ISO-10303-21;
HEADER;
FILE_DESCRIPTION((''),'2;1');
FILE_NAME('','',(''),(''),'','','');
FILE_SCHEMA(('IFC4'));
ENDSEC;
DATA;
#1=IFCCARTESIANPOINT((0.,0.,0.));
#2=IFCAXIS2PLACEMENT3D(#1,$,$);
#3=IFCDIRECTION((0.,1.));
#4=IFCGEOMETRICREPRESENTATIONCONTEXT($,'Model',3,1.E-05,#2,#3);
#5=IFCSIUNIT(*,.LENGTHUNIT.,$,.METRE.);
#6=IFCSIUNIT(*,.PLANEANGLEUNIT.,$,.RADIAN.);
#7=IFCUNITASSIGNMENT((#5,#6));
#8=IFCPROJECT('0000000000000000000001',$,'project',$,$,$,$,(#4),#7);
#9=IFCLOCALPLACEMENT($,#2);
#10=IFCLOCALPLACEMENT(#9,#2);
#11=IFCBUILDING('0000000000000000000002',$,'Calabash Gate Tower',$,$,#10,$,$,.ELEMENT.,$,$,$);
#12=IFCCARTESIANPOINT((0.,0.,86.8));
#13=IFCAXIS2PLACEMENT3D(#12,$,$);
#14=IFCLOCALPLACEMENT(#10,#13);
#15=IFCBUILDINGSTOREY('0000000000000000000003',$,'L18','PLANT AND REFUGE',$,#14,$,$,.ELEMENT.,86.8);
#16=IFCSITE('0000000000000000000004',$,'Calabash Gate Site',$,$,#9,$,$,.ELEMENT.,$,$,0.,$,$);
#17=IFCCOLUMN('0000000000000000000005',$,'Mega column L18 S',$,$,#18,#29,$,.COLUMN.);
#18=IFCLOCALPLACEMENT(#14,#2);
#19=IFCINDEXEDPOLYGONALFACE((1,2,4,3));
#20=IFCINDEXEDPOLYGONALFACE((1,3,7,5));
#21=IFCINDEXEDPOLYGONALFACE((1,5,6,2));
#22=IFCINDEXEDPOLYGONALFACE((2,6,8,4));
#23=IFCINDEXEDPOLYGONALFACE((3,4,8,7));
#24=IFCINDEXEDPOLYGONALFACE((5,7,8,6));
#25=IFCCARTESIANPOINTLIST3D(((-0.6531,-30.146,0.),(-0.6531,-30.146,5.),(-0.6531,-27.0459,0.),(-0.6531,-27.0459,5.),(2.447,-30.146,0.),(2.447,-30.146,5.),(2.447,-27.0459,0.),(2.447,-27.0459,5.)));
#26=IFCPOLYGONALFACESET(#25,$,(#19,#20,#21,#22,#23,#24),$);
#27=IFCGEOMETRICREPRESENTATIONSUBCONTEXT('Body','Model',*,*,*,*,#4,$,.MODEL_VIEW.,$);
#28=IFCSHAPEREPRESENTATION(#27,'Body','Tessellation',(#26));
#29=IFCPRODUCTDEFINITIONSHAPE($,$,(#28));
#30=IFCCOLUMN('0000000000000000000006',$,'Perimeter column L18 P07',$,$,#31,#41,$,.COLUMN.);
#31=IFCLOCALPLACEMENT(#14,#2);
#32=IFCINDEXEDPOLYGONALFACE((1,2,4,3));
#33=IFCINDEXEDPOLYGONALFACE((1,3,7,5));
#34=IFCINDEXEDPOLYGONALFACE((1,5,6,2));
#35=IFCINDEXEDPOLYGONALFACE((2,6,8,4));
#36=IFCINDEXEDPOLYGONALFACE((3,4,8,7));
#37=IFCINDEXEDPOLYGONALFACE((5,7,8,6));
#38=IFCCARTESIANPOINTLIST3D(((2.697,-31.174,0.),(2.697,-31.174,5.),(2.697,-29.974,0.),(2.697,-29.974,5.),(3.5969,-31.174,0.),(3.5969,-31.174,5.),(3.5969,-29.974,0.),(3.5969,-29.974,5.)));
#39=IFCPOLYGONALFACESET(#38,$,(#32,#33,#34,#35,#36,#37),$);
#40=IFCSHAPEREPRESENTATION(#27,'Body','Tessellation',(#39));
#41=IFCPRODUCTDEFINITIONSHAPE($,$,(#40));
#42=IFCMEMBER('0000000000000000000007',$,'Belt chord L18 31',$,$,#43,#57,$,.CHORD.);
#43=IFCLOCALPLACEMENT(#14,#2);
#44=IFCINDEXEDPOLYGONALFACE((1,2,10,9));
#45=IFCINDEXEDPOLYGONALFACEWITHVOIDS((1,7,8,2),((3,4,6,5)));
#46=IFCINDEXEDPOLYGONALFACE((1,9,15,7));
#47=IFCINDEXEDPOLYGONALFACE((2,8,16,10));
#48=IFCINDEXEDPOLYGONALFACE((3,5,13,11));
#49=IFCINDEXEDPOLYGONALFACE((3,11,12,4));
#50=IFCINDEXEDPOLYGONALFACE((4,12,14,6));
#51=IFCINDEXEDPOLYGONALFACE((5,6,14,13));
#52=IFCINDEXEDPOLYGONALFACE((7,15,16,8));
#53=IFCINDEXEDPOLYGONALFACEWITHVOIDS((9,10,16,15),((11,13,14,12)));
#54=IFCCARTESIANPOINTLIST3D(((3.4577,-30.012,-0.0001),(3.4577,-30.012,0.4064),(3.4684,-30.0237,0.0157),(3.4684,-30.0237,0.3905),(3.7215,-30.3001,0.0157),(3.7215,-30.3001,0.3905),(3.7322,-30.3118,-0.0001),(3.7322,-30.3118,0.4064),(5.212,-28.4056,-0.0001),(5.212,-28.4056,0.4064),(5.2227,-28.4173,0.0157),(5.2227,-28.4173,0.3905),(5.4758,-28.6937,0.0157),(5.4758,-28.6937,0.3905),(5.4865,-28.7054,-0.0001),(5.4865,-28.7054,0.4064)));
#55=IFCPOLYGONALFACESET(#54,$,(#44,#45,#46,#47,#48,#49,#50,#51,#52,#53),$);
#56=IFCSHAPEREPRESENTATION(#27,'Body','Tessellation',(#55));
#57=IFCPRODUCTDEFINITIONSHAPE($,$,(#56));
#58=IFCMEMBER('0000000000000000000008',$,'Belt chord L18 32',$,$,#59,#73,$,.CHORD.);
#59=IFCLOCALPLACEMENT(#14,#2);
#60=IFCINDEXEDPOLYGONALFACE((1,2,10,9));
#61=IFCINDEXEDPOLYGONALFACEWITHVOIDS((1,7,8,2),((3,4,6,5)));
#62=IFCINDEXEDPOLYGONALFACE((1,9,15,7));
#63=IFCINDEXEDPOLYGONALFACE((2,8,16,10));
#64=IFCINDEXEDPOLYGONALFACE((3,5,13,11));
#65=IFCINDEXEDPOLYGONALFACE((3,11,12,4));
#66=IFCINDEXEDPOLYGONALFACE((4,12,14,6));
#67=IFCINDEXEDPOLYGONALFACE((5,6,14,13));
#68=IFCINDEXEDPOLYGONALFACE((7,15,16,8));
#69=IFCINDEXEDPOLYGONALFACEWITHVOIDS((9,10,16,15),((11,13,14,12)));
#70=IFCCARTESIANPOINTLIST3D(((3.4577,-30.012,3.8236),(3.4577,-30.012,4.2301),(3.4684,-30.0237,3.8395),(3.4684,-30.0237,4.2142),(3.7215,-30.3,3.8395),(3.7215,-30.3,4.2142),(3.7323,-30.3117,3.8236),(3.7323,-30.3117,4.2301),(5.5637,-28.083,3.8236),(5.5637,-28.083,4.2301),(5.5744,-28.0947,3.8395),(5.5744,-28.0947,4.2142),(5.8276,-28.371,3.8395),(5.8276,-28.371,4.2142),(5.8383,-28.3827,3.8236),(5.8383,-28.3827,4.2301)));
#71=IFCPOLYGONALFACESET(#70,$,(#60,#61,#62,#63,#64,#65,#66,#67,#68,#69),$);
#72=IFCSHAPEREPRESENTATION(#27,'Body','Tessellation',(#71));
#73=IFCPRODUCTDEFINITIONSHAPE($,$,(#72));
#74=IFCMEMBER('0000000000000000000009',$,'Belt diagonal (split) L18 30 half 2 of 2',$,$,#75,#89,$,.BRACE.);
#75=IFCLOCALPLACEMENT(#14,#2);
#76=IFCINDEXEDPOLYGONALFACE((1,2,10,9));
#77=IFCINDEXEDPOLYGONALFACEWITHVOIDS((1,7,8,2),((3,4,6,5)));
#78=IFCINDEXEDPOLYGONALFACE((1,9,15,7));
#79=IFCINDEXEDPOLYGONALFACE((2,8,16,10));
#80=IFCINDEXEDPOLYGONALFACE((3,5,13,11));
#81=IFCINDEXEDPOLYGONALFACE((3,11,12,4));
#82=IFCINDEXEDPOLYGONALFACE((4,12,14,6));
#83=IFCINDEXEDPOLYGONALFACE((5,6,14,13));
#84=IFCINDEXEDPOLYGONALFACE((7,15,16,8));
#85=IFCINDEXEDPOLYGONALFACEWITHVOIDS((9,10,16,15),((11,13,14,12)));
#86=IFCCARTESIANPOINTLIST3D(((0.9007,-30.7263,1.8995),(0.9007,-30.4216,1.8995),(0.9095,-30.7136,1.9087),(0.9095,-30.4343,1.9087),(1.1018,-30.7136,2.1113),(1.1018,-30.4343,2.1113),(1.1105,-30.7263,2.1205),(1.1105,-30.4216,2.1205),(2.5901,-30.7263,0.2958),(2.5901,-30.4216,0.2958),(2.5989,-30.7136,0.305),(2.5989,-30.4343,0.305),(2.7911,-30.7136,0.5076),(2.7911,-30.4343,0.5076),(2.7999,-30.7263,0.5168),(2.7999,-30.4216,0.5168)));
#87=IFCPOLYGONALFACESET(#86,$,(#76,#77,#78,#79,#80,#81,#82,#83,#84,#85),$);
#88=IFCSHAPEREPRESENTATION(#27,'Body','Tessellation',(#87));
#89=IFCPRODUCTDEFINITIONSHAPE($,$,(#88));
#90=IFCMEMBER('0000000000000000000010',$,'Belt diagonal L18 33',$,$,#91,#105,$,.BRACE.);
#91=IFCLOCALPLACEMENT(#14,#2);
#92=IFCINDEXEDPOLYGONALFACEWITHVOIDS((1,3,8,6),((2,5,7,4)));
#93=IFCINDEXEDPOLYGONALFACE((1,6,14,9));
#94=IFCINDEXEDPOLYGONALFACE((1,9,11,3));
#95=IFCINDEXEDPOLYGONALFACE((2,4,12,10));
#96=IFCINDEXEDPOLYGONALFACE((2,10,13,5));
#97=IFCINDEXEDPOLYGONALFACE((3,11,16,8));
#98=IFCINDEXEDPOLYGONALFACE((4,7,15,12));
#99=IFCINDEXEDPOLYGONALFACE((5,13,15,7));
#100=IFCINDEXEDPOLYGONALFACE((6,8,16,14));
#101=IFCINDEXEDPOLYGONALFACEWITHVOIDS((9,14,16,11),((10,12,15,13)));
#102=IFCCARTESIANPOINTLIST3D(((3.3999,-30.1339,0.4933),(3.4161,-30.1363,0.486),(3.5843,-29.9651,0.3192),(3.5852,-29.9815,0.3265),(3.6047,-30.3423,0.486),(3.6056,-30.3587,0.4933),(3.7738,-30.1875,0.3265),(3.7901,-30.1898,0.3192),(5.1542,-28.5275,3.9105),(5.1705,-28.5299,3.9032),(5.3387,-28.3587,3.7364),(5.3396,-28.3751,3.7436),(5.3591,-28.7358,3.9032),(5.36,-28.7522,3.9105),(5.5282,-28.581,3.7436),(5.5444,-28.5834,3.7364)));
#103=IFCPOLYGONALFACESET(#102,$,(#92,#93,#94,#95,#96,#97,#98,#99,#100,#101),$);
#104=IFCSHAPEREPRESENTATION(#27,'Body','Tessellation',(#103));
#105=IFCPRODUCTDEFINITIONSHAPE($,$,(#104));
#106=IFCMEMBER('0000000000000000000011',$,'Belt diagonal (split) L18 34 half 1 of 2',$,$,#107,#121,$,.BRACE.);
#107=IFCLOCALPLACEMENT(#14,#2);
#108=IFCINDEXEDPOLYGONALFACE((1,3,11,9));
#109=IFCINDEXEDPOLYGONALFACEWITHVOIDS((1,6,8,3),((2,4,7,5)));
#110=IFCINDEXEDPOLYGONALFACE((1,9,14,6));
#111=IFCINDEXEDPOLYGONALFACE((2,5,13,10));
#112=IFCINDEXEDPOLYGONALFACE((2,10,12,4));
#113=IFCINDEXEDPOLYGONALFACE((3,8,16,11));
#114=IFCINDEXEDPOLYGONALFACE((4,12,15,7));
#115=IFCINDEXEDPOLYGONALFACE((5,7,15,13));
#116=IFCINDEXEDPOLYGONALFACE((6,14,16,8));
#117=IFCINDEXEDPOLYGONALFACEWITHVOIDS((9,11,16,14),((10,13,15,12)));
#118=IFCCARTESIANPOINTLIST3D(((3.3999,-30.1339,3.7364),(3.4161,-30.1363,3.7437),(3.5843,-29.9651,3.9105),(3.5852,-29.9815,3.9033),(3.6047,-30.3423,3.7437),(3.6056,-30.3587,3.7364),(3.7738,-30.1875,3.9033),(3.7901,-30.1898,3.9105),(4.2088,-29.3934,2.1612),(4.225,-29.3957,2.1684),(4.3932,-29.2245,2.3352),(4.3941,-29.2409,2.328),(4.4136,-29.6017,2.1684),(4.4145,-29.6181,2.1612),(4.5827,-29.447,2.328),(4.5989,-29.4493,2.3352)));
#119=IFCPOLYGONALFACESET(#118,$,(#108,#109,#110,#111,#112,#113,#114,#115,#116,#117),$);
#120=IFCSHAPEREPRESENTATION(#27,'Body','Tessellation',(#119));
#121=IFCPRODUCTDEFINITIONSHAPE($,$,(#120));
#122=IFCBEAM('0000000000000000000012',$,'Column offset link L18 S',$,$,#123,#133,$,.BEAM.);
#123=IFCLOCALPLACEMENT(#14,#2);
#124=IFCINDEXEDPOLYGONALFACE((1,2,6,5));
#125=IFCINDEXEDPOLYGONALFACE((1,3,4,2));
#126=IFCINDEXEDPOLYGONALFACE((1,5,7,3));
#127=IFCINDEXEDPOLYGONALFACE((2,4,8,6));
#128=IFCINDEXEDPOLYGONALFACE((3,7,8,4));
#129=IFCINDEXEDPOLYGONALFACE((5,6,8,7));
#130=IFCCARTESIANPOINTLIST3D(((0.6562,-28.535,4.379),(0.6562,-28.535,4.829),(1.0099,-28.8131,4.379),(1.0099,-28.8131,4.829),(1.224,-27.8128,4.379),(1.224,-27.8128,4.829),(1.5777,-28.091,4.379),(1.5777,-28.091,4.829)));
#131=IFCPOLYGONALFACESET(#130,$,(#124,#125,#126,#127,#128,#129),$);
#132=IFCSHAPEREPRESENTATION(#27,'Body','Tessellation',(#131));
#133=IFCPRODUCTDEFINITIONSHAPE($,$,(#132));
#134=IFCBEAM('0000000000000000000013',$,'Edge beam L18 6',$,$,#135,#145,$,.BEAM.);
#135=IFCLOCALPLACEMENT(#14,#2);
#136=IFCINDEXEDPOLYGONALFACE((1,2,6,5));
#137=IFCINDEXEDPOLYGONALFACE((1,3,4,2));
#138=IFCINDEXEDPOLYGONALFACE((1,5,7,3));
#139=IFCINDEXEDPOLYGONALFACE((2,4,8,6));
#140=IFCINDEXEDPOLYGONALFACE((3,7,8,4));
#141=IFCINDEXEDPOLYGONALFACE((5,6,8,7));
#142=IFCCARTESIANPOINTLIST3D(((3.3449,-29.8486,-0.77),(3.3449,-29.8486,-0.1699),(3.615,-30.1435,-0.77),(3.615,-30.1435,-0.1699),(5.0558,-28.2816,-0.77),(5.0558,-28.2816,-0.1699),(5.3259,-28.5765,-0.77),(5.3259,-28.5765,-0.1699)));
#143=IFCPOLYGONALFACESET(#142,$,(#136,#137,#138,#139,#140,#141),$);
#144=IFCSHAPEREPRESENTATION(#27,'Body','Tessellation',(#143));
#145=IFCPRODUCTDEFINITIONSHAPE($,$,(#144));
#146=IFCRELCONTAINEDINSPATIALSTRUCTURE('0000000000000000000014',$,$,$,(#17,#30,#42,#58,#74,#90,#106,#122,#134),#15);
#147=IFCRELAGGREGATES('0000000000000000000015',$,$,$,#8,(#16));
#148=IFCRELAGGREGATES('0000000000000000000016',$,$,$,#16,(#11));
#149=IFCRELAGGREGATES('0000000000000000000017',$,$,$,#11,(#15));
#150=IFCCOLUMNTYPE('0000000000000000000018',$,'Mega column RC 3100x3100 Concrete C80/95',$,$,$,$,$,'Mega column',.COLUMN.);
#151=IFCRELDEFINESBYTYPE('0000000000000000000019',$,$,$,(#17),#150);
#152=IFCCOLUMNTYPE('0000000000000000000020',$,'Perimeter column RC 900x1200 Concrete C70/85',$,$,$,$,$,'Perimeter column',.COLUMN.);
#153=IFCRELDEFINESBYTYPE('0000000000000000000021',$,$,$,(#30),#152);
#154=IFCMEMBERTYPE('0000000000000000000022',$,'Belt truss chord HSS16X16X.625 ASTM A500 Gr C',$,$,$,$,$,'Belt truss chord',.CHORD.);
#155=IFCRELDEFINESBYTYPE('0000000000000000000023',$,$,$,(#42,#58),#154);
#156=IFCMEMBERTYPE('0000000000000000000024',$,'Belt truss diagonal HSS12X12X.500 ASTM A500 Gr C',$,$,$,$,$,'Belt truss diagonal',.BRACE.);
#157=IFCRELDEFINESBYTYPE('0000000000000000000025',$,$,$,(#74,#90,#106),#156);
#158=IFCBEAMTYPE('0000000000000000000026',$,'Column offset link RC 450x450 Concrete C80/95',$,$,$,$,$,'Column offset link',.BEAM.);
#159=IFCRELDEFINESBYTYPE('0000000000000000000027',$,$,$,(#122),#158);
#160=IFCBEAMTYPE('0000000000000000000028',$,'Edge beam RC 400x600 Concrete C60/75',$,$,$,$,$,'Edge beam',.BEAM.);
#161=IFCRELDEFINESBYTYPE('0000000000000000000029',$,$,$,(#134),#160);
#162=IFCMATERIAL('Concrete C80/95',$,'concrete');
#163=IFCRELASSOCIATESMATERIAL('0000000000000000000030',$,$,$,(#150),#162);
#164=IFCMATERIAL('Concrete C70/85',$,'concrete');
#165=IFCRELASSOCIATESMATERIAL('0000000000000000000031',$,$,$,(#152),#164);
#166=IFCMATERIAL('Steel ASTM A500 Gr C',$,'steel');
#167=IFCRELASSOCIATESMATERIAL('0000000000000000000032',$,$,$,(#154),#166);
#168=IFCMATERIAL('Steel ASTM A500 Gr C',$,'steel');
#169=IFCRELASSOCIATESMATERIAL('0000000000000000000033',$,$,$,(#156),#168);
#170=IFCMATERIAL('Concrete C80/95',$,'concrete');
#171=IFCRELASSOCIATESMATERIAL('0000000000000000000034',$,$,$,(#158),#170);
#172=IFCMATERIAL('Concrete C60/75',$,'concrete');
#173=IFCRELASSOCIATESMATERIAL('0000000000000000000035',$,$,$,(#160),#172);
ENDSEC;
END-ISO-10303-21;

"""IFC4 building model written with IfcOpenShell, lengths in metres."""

from ifc_helpers import new_model, si_unit, direction, frame, origin, origin_2d, place, context, subcontext, project, spatial, rectangle, hollow_rectangle, extrude, material, material_profile, profile_set, type_object, element, save


model = new_model("IFC4")

# Units and contexts
model_context = context("Model", 3, precision=1e-05, world=origin(), true_north=direction((0.0, 1.0)))
body_context = subcontext(model_context, "Body", "Model", "MODEL_VIEW")
ifc_project = project(units=[si_unit("LENGTHUNIT", "METRE"), si_unit("PLANEANGLEUNIT", "RADIAN")], contexts=[model_context])

# Site, building, storey
site_placement = place(None, origin())
site = spatial("IfcSite", under=ifc_project, at=site_placement, Name="Calabash Gate Site", CompositionType="ELEMENT", RefElevation=0.0)
building_placement = place(site_placement, origin())
building = spatial("IfcBuilding", under=site, at=building_placement, Name="Calabash Gate Tower", CompositionType="ELEMENT")
storey_placement = place(building_placement, frame((0.0, 0.0, 86.8)))
storey = spatial("IfcBuildingStorey", under=building, at=storey_placement, Name="L18", Description="PLANT AND REFUGE", CompositionType="ELEMENT", Elevation=86.8)

# Columns
ifc_material_1 = material(Name="Concrete C80/95", Category="concrete")
ifc_material_profile_1 = material_profile(ifc_material_1, rectangle(XDim=3.1001, YDim=3.1001, at=origin_2d()))
ifc_profile_set_1 = profile_set([ifc_material_profile_1], Name="Concrete C80/95")
column_type_1 = type_object("IfcColumnType", Name="Mega column RC 3100x3100 Concrete C80/95", ElementType="Mega column", PredefinedType="COLUMN", material=ifc_profile_set_1)
column_1_placement = place(storey_placement, frame((0.897, -28.5959, 0.0), z_axis=(0.0, 0.0, 1.0), x_axis=(0.0, 1.0, 0.0)))
element("IfcColumn", 1, at=column_1_placement, inside=storey, type_object=column_type_1, Name="Mega column L18 S", PredefinedType="COLUMN", context=body_context, shape_type="SweptSolid", body=[
    extrude(rectangle(XDim=3.1001, YDim=3.1001, at=origin_2d()), origin(), (0.0, 0.0, 1.0), 5.0),
])
ifc_material_2 = material(Name="Concrete C70/85", Category="concrete")
ifc_material_profile_2 = material_profile(ifc_material_2, rectangle(XDim=0.8999, YDim=1.2, at=origin_2d()))
ifc_profile_set_2 = profile_set([ifc_material_profile_2], Name="Concrete C70/85")
column_type_2 = type_object("IfcColumnType", Name="Perimeter column RC 900x1200 Concrete C70/85", ElementType="Perimeter column", PredefinedType="COLUMN", material=ifc_profile_set_2)
column_2_placement = place(storey_placement, frame((3.147, -30.574, 0.0), z_axis=(0.0, 0.0, 1.0), x_axis=(1.0, 0.0, 0.0)))
element("IfcColumn", 2, at=column_2_placement, inside=storey, type_object=column_type_2, Name="Perimeter column L18 P07", PredefinedType="COLUMN", context=body_context, shape_type="SweptSolid", body=[
    extrude(rectangle(XDim=0.8999, YDim=1.2, at=origin_2d()), origin(), (0.0, 0.0, 1.0), 5.0),
])

# Members
ifc_material_3 = material(Name="Steel ASTM A500 Gr C", Category="steel")
ifc_material_profile_3 = material_profile(ifc_material_3, hollow_rectangle(XDim=0.4065, YDim=0.4065, WallThickness=0.0159, at=origin_2d()))
ifc_profile_set_3 = profile_set([ifc_material_profile_3], Name="Steel ASTM A500 Gr C")
member_type_1 = type_object("IfcMemberType", Name="Belt truss chord HSS16X16X.625 ASTM A500 Gr C", ElementType="Belt truss chord", PredefinedType="CHORD", material=ifc_profile_set_3)
member_1_placement = place(storey_placement, frame((3.595, -30.1619, 0.2031), z_axis=(0.73752, 0.675325, 0.0), x_axis=(-0.675325, 0.73752, 0.0)))
element("IfcMember", 3, at=member_1_placement, inside=storey, type_object=member_type_1, Name="Belt chord L18 31", PredefinedType="CHORD", context=body_context, shape_type="SweptSolid", body=[
    extrude(hollow_rectangle(XDim=0.4065, YDim=0.4065, WallThickness=0.0159, at=origin_2d()), origin(), (0.0, 0.0, 1.0), 2.3787),
])
member_2_placement = place(storey_placement, frame((3.595, -30.1619, 4.0269), z_axis=(0.737417, 0.675438, 0.0), x_axis=(-0.675438, 0.737417, 0.0)))
element("IfcMember", 4, at=member_2_placement, inside=storey, type_object=member_type_1, Name="Belt chord L18 32", PredefinedType="CHORD", context=body_context, shape_type="SweptSolid", body=[
    extrude(hollow_rectangle(XDim=0.4065, YDim=0.4065, WallThickness=0.0159, at=origin_2d()), origin(), (0.0, 0.0, 1.0), 2.856),
])
ifc_material_4 = material(Name="Steel ASTM A500 Gr C", Category="steel")
ifc_material_profile_4 = material_profile(ifc_material_4, hollow_rectangle(XDim=0.3047, YDim=0.3047, WallThickness=0.0127, at=origin_2d()))
ifc_profile_set_4 = profile_set([ifc_material_profile_4], Name="Steel ASTM A500 Gr C")
member_type_2 = type_object("IfcMemberType", Name="Belt truss diagonal HSS12X12X.500 ASTM A500 Gr C", ElementType="Belt truss diagonal", PredefinedType="BRACE", material=ifc_profile_set_4)
member_3_placement = place(storey_placement, frame((1.0056, -30.574, 2.01), z_axis=(0.725261, 0.0, -0.688474), x_axis=(0.0, 1.0, 0.0)))
element("IfcMember", 5, at=member_3_placement, inside=storey, type_object=member_type_2, Name="Belt diagonal (split) L18 30 half 2 of 2", PredefinedType="BRACE", context=body_context, shape_type="SweptSolid", body=[
    extrude(hollow_rectangle(XDim=0.3047, YDim=0.3047, WallThickness=0.0127, at=origin_2d()), origin(), (0.0, 0.0, 1.0), 2.3293),
])
member_4_placement = place(storey_placement, frame((3.595, -30.1619, 0.4062), z_axis=(0.421359, 0.385825, 0.820729), x_axis=(-0.675325, 0.73752, 0.0)))
element("IfcMember", 6, at=member_4_placement, inside=storey, type_object=member_type_2, Name="Belt diagonal L18 33", PredefinedType="BRACE", context=body_context, shape_type="SweptSolid", body=[
    extrude(hollow_rectangle(XDim=0.3047, YDim=0.3047, WallThickness=0.0127, at=origin_2d()), origin(), (0.0, 0.0, 1.0), 4.1636),
])
member_5_placement = place(storey_placement, frame((3.595, -30.1619, 3.8235), z_axis=(0.42142, 0.385804, -0.820707), x_axis=(-0.675251, 0.737588, 0.0)))
element("IfcMember", 7, at=member_5_placement, inside=storey, type_object=member_type_2, Name="Belt diagonal (split) L18 34 half 1 of 2", PredefinedType="BRACE", context=body_context, shape_type="SweptSolid", body=[
    extrude(hollow_rectangle(XDim=0.3047, YDim=0.3047, WallThickness=0.0127, at=origin_2d()), origin(), (0.0, 0.0, 1.0), 1.9194),
])

# Beams
ifc_material_5 = material(Name="Concrete C80/95", Category="concrete")
ifc_material_profile_5 = material_profile(ifc_material_5, rectangle(XDim=0.45, YDim=0.45, at=origin_2d()))
ifc_profile_set_5 = profile_set([ifc_material_profile_5], Name="Concrete C80/95")
beam_type_1 = type_object("IfcBeamType", Name="Column offset link RC 450x450 Concrete C80/95", ElementType="Column offset link", PredefinedType="BEAM", material=ifc_profile_set_5)
beam_1_placement = place(storey_placement, frame((0.833, -28.6741, 4.604), z_axis=(0.618127, 0.786079, 0.0), x_axis=(-0.786079, 0.618127, 0.0)))
element("IfcBeam", 8, at=beam_1_placement, inside=storey, type_object=beam_type_1, Name="Column offset link L18 S", PredefinedType="BEAM", context=body_context, shape_type="SweptSolid", body=[
    extrude(rectangle(XDim=0.45, YDim=0.45, at=origin_2d()), origin(), (0.0, 0.0, 1.0), 0.9187),
])
ifc_material_6 = material(Name="Concrete C60/75", Category="concrete")
ifc_material_profile_6 = material_profile(ifc_material_6, rectangle(XDim=0.3999, YDim=0.6001, at=origin_2d()))
ifc_profile_set_6 = profile_set([ifc_material_profile_6], Name="Concrete C60/75")
beam_type_2 = type_object("IfcBeamType", Name="Edge beam RC 400x600 Concrete C60/75", ElementType="Edge beam", PredefinedType="BEAM", material=ifc_profile_set_6)
beam_2_placement = place(storey_placement, frame((3.48, -29.9961, -0.47), z_axis=(0.737416, 0.675439, 0.0), x_axis=(-0.675439, 0.737416, 0.0)))
element("IfcBeam", 9, at=beam_2_placement, inside=storey, type_object=beam_type_2, Name="Edge beam L18 6", PredefinedType="BEAM", context=body_context, shape_type="SweptSolid", body=[
    extrude(rectangle(XDim=0.3999, YDim=0.6001, at=origin_2d()), origin(), (0.0, 0.0, 1.0), 2.3201),
])

save(model, "model.ifc")
